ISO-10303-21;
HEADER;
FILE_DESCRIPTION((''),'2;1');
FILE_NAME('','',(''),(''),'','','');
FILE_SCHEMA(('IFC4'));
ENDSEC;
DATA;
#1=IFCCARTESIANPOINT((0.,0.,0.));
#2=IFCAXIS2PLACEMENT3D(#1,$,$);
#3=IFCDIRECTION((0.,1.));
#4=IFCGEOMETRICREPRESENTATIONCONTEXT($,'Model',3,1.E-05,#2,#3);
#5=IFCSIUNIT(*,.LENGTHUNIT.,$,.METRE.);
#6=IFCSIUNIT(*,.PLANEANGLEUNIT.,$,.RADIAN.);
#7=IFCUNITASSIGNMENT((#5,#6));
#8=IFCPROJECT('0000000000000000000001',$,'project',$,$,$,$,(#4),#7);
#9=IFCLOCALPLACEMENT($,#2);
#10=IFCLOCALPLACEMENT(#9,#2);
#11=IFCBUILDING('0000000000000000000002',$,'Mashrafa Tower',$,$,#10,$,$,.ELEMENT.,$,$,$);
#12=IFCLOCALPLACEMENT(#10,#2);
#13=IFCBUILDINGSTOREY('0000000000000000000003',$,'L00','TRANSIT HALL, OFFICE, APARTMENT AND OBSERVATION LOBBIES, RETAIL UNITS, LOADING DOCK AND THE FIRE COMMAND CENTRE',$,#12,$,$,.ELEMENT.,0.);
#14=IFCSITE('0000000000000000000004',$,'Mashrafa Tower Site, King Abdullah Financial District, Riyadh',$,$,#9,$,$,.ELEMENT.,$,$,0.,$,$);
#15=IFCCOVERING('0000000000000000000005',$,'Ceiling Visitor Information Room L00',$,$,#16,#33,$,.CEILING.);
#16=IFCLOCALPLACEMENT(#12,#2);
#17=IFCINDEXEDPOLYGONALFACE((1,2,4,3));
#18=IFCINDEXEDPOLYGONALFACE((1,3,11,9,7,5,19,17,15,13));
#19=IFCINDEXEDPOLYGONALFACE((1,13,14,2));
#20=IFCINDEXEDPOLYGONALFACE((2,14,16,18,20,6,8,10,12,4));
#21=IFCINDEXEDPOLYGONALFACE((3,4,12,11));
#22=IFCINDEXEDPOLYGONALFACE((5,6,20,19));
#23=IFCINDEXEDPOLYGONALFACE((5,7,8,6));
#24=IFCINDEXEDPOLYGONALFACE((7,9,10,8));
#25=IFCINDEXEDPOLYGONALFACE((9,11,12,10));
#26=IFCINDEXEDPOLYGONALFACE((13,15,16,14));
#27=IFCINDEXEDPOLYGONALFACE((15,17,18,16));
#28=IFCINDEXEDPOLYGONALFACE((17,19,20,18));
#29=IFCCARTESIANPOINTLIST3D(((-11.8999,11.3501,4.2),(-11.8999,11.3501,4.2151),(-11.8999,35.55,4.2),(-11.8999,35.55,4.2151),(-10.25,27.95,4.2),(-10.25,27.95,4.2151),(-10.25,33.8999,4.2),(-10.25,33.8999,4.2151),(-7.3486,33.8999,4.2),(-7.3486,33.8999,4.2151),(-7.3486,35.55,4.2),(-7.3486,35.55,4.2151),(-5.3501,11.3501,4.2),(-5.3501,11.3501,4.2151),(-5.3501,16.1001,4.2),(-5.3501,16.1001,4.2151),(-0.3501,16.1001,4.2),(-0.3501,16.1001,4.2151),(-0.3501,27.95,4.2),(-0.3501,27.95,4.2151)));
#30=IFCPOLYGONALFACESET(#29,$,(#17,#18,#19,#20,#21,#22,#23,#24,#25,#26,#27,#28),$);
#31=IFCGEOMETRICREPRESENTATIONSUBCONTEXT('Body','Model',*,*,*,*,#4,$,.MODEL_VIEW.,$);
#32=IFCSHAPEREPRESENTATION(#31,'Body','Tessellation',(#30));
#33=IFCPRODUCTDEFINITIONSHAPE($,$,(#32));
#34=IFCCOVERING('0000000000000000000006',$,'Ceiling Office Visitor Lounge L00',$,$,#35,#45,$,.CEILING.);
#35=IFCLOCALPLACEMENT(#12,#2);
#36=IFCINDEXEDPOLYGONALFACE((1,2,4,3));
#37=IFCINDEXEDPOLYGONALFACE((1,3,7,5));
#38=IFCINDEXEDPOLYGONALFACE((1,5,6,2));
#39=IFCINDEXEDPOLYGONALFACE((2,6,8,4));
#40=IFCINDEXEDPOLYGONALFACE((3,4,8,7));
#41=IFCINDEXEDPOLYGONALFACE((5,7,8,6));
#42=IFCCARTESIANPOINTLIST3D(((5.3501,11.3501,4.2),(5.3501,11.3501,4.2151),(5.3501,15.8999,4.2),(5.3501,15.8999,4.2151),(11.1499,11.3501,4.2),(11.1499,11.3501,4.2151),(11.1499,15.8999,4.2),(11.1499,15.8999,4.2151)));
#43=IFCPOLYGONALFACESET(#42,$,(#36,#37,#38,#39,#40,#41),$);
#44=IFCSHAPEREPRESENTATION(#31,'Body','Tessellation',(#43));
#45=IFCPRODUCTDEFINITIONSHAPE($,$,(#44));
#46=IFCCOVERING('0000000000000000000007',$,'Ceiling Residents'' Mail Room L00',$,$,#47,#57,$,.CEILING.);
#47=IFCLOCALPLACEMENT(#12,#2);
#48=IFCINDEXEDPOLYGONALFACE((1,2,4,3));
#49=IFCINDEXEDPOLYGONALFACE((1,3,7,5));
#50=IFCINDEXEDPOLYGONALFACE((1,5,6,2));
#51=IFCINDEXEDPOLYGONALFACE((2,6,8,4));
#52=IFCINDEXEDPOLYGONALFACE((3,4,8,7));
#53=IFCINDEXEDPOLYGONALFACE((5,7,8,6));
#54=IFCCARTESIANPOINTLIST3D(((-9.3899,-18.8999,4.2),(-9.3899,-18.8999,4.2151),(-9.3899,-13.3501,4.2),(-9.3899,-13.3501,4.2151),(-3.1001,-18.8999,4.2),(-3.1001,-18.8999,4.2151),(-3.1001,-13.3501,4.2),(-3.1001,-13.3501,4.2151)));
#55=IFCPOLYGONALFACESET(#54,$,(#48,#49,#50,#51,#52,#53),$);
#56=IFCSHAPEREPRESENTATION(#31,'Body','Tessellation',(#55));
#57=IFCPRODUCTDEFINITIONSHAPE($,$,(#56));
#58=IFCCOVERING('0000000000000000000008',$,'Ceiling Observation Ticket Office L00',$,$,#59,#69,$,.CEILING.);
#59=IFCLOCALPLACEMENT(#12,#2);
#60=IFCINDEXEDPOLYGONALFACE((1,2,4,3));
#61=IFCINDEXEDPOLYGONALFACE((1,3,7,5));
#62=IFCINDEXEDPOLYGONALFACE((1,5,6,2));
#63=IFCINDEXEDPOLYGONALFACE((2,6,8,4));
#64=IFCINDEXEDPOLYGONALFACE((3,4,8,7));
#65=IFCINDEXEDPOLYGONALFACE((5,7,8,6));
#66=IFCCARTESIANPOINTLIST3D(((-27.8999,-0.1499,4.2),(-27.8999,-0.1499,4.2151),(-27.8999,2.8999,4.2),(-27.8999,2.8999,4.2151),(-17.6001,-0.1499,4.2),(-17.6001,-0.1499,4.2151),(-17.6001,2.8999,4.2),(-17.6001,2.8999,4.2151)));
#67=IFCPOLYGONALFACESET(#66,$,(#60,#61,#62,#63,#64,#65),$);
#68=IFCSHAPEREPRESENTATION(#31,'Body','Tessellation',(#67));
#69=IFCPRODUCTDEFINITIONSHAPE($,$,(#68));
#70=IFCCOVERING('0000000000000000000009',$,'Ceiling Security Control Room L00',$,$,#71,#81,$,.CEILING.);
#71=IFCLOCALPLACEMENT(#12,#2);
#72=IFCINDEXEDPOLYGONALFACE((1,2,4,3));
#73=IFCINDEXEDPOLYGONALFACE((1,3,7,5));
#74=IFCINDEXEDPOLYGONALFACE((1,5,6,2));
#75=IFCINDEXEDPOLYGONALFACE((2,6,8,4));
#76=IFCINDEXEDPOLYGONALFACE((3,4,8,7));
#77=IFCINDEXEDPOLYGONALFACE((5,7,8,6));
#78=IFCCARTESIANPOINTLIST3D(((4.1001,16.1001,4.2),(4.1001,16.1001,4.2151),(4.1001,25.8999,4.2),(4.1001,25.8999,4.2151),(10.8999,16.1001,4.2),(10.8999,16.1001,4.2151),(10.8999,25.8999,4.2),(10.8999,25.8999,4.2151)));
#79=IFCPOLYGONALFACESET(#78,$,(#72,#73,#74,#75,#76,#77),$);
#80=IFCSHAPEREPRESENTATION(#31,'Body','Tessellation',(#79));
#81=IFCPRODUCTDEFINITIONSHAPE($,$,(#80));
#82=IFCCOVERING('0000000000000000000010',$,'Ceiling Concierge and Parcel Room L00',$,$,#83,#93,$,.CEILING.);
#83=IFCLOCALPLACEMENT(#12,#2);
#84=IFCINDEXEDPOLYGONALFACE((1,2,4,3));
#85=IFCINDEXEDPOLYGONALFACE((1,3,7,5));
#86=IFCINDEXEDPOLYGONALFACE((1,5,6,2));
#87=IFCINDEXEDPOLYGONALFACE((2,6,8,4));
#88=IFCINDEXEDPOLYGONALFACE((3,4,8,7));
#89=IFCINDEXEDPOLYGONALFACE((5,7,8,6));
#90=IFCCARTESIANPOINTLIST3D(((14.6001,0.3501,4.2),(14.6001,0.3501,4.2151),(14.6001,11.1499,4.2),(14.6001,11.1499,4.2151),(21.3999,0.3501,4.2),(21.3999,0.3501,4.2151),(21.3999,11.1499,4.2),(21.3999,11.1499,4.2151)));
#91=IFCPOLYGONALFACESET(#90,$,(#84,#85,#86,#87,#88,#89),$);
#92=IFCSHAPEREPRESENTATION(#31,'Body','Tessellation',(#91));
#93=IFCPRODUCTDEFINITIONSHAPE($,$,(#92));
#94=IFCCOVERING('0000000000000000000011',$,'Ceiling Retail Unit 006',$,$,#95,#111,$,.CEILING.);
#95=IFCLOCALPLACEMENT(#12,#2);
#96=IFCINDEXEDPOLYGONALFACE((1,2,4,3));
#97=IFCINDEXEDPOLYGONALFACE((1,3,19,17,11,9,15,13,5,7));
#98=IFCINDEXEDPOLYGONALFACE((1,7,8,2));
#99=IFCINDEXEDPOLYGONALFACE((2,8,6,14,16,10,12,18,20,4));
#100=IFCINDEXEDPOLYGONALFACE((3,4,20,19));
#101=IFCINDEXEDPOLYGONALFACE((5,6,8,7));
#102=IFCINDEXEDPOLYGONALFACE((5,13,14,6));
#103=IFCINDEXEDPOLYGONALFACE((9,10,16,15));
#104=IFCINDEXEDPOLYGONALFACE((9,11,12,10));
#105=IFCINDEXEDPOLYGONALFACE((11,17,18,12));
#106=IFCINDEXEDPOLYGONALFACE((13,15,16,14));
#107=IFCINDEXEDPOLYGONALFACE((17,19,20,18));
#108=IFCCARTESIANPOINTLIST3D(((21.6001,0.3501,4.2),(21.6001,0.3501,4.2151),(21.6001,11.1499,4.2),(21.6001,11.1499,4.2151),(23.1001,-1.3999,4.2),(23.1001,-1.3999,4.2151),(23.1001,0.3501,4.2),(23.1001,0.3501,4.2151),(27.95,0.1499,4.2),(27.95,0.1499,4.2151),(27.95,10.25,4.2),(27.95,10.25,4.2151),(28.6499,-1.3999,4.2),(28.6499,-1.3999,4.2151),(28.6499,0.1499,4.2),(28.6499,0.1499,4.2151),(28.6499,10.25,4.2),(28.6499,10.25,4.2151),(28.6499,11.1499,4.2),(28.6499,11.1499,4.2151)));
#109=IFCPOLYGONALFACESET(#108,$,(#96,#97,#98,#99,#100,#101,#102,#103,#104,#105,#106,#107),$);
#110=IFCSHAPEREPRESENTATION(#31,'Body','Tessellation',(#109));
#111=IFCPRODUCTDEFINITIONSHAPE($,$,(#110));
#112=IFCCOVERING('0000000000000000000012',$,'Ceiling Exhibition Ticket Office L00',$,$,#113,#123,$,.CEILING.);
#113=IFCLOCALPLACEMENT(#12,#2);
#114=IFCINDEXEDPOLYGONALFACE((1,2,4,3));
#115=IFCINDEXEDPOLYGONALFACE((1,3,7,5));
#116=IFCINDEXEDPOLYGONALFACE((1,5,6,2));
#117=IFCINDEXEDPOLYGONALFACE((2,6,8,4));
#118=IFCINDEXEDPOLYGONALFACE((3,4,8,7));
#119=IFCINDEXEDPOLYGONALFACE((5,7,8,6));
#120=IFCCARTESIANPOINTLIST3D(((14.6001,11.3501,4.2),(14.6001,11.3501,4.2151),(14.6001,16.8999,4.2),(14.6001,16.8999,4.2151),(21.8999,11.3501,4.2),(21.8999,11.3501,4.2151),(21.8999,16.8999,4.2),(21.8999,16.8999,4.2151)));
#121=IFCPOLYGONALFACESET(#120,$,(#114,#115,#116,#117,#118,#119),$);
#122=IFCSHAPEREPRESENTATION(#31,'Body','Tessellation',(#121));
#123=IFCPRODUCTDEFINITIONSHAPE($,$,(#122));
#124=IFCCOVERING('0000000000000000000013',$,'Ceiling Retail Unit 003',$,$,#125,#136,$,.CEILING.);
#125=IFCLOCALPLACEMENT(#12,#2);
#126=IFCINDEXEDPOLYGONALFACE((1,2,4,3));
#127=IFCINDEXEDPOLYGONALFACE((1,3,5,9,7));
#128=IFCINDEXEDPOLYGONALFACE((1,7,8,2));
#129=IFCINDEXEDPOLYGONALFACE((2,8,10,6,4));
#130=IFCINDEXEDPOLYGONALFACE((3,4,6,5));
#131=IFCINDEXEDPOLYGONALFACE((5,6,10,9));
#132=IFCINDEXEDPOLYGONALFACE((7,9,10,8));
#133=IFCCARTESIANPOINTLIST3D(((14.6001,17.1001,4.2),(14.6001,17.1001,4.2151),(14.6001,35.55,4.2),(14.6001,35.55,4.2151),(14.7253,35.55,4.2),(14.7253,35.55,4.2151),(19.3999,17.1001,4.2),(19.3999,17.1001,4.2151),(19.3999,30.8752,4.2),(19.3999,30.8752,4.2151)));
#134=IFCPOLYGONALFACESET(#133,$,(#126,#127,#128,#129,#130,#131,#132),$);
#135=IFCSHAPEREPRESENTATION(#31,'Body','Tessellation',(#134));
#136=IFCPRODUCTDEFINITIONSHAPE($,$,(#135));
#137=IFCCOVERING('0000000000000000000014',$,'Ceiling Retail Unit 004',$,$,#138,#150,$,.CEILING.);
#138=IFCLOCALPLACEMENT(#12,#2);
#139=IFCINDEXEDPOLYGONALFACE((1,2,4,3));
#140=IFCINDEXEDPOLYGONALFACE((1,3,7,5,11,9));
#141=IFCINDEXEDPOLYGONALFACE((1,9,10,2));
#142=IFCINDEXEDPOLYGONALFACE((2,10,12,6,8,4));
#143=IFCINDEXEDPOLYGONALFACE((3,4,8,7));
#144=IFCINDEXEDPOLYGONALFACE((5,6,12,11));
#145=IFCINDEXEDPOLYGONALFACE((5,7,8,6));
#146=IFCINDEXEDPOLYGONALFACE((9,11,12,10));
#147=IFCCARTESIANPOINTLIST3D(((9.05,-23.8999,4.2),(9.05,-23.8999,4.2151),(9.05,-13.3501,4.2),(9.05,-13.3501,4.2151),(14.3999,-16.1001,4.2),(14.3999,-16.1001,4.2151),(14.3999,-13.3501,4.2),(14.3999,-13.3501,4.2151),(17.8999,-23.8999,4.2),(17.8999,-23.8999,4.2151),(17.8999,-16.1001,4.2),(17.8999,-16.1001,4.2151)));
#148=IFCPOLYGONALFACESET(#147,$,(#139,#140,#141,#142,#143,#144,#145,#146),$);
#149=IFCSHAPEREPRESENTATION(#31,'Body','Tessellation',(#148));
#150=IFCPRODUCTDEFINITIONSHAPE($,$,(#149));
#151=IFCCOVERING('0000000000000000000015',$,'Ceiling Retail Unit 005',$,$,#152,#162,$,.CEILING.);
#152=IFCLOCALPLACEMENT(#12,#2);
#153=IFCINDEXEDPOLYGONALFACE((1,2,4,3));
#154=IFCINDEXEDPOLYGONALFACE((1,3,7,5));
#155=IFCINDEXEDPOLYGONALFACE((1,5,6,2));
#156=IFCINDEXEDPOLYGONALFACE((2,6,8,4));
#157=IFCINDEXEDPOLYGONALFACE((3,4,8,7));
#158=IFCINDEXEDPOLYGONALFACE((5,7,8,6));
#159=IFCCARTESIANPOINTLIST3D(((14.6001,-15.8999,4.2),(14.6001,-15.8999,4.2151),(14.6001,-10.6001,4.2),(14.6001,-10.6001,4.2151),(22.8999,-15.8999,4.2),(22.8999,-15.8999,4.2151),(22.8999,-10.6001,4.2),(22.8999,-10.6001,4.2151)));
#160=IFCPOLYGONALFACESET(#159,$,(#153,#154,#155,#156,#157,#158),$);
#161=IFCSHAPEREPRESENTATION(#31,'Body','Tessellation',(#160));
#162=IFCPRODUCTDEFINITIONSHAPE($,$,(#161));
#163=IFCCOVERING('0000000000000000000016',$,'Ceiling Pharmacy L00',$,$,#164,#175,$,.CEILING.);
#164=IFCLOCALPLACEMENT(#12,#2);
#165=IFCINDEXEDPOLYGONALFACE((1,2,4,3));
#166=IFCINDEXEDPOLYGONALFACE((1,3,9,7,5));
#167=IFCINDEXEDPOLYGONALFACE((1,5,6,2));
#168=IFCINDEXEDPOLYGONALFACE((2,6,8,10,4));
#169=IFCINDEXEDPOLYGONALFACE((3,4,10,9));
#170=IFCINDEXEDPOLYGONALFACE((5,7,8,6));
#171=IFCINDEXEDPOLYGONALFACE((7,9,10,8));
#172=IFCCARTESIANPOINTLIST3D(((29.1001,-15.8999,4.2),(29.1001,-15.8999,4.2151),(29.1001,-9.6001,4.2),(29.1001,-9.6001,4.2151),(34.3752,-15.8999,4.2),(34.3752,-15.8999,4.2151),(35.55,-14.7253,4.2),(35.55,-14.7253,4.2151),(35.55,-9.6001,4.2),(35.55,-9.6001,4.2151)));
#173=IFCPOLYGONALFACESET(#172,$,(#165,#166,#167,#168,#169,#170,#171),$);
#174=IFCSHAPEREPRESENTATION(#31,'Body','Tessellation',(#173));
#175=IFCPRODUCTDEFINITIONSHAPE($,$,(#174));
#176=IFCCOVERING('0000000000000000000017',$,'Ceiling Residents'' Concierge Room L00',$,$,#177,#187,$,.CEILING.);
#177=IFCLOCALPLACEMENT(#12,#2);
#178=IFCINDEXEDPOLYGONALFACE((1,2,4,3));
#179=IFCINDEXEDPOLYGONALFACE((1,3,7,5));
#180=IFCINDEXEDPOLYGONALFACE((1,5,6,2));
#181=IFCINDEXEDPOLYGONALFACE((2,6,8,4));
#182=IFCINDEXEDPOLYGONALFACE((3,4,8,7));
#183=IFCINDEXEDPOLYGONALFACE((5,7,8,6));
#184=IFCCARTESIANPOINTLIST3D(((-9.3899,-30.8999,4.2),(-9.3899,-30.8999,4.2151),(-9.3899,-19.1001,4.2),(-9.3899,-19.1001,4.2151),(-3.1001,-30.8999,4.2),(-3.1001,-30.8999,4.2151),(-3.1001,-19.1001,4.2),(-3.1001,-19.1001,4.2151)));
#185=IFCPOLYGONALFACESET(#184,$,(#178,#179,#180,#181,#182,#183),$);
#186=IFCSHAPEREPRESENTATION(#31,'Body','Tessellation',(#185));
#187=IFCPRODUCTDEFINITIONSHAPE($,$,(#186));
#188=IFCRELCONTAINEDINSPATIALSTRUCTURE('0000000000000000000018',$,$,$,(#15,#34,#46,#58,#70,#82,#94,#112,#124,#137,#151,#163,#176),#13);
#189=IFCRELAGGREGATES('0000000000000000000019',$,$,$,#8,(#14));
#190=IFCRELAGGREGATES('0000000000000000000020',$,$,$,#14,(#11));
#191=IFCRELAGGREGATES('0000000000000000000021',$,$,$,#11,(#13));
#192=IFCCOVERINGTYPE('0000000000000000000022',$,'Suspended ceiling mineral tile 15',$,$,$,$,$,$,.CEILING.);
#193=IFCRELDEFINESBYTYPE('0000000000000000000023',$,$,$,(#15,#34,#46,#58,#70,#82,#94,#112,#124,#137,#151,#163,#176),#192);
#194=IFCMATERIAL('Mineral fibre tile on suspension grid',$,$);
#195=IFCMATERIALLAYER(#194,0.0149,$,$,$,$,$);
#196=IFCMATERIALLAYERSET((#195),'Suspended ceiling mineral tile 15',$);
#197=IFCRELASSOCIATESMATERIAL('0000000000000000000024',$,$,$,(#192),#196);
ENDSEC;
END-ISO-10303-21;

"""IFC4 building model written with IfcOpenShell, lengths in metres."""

from ifc_helpers import new_model, si_unit, direction, frame, origin, place, context, subcontext, project, spatial, polyline, outline, extrude, material, layer, layer_set, type_object, element, save


model = new_model("IFC4")

# Units and contexts
model_context = context("Model", 3, precision=1e-05, world=origin(), true_north=direction((0.0, 1.0)))
body_context = subcontext(model_context, "Body", "Model", "MODEL_VIEW")
ifc_project = project(units=[si_unit("LENGTHUNIT", "METRE"), si_unit("PLANEANGLEUNIT", "RADIAN")], contexts=[model_context])

# Site, building, storey
site_placement = place(None, origin())
site = spatial("IfcSite", under=ifc_project, at=site_placement, Name="Mashrafa Tower Site, King Abdullah Financial District, Riyadh", CompositionType="ELEMENT", RefElevation=0.0)
building_placement = place(site_placement, origin())
building = spatial("IfcBuilding", under=site, at=building_placement, Name="Mashrafa Tower", CompositionType="ELEMENT")
storey_placement = place(building_placement, origin())
storey = spatial("IfcBuildingStorey", under=building, at=storey_placement, Name="L00", Description="TRANSIT HALL, OFFICE, APARTMENT AND OBSERVATION LOBBIES, RETAIL UNITS, LOADING DOCK AND THE FIRE COMMAND CENTRE", CompositionType="ELEMENT", Elevation=0.0)

# Coverings
ifc_material_1 = material(Name="Mineral fibre tile on suspension grid")
ifc_layer_1 = layer(ifc_material_1, 0.0149)
ifc_layer_set_1 = layer_set([ifc_layer_1], Name="Suspended ceiling mineral tile 15")
covering_type = type_object("IfcCoveringType", Name="Suspended ceiling mineral tile 15", PredefinedType="CEILING", material=ifc_layer_set_1)
covering_1_placement = place(storey_placement, frame((0.0, 0.0, 4.2)))
element("IfcCovering", 1, at=covering_1_placement, inside=storey, type_object=covering_type, Name="Ceiling Visitor Information Room L00", PredefinedType="CEILING", context=body_context, shape_type="SweptSolid", body=[
    extrude(outline(polyline([(-5.3501, 11.3501), (-11.8999, 11.3501), (-11.8999, 35.55), (-7.3486, 35.55), (-7.3486, 33.8999), (-10.25, 33.8999), (-10.25, 27.95), (-0.3501, 27.95), (-0.3501, 16.1001), (-5.3501, 16.1001), (-5.3501, 11.3501)])), origin(), (0.0, 0.0, 1.0), 0.0151),
])
covering_2_placement = place(storey_placement, frame((0.0, 0.0, 4.2)))
element("IfcCovering", 2, at=covering_2_placement, inside=storey, type_object=covering_type, Name="Ceiling Office Visitor Lounge L00", PredefinedType="CEILING", context=body_context, shape_type="SweptSolid", body=[
    extrude(outline(polyline([(5.3501, 15.8999), (11.1499, 15.8999), (11.1499, 11.3501), (5.3501, 11.3501), (5.3501, 15.8999)])), origin(), (0.0, 0.0, 1.0), 0.0151),
])
covering_3_placement = place(storey_placement, frame((0.0, 0.0, 4.2)))
element("IfcCovering", 3, at=covering_3_placement, inside=storey, type_object=covering_type, Name="Ceiling Residents' Mail Room L00", PredefinedType="CEILING", context=body_context, shape_type="SweptSolid", body=[
    extrude(outline(polyline([(-9.3899, -13.3501), (-3.1001, -13.3501), (-3.1001, -18.8999), (-9.3899, -18.8999), (-9.3899, -13.3501)])), origin(), (0.0, 0.0, 1.0), 0.0151),
])
covering_4_placement = place(storey_placement, frame((0.0, 0.0, 4.2)))
element("IfcCovering", 4, at=covering_4_placement, inside=storey, type_object=covering_type, Name="Ceiling Observation Ticket Office L00", PredefinedType="CEILING", context=body_context, shape_type="SweptSolid", body=[
    extrude(outline(polyline([(-27.8999, 2.8999), (-17.6001, 2.8999), (-17.6001, -0.1499), (-27.8999, -0.1499), (-27.8999, 2.8999)])), origin(), (0.0, 0.0, 1.0), 0.0151),
])
covering_5_placement = place(storey_placement, frame((0.0, 0.0, 4.2)))
element("IfcCovering", 5, at=covering_5_placement, inside=storey, type_object=covering_type, Name="Ceiling Security Control Room L00", PredefinedType="CEILING", context=body_context, shape_type="SweptSolid", body=[
    extrude(outline(polyline([(4.1001, 25.8999), (10.8999, 25.8999), (10.8999, 16.1001), (4.1001, 16.1001), (4.1001, 25.8999)])), origin(), (0.0, 0.0, 1.0), 0.0151),
])
covering_6_placement = place(storey_placement, frame((0.0, 0.0, 4.2)))
element("IfcCovering", 6, at=covering_6_placement, inside=storey, type_object=covering_type, Name="Ceiling Concierge and Parcel Room L00", PredefinedType="CEILING", context=body_context, shape_type="SweptSolid", body=[
    extrude(outline(polyline([(14.6001, 11.1499), (21.3999, 11.1499), (21.3999, 0.3501), (14.6001, 0.3501), (14.6001, 11.1499)])), origin(), (0.0, 0.0, 1.0), 0.0151),
])
covering_7_placement = place(storey_placement, frame((0.0, 0.0, 4.2)))
element("IfcCovering", 7, at=covering_7_placement, inside=storey, type_object=covering_type, Name="Ceiling Retail Unit 006", PredefinedType="CEILING", context=body_context, shape_type="SweptSolid", body=[
    extrude(outline(polyline([(23.1001, 0.3501), (21.6001, 0.3501), (21.6001, 11.1499), (28.6499, 11.1499), (28.6499, 10.25), (27.95, 10.25), (27.95, 0.1499), (28.6499, 0.1499), (28.6499, -1.3999), (23.1001, -1.3999), (23.1001, 0.3501)])), origin(), (0.0, 0.0, 1.0), 0.0151),
])
covering_8_placement = place(storey_placement, frame((0.0, 0.0, 4.2)))
element("IfcCovering", 8, at=covering_8_placement, inside=storey, type_object=covering_type, Name="Ceiling Exhibition Ticket Office L00", PredefinedType="CEILING", context=body_context, shape_type="SweptSolid", body=[
    extrude(outline(polyline([(14.6001, 16.8999), (21.8999, 16.8999), (21.8999, 11.3501), (14.6001, 11.3501), (14.6001, 16.8999)])), origin(), (0.0, 0.0, 1.0), 0.0151),
])
covering_9_placement = place(storey_placement, frame((0.0, 0.0, 4.2)))
element("IfcCovering", 9, at=covering_9_placement, inside=storey, type_object=covering_type, Name="Ceiling Retail Unit 003", PredefinedType="CEILING", context=body_context, shape_type="SweptSolid", body=[
    extrude(outline(polyline([(14.6001, 17.1001), (14.6001, 35.55), (14.7253, 35.55), (19.3999, 30.8752), (19.3999, 17.1001), (14.6001, 17.1001)])), origin(), (0.0, 0.0, 1.0), 0.0151),
])
covering_10_placement = place(storey_placement, frame((0.0, 0.0, 4.2)))
element("IfcCovering", 10, at=covering_10_placement, inside=storey, type_object=covering_type, Name="Ceiling Retail Unit 004", PredefinedType="CEILING", context=body_context, shape_type="SweptSolid", body=[
    extrude(outline(polyline([(9.05, -23.8999), (9.05, -13.3501), (14.3999, -13.3501), (14.3999, -16.1001), (17.8999, -16.1001), (17.8999, -23.8999), (9.05, -23.8999)])), origin(), (0.0, 0.0, 1.0), 0.0151),
])
covering_11_placement = place(storey_placement, frame((0.0, 0.0, 4.2)))
element("IfcCovering", 11, at=covering_11_placement, inside=storey, type_object=covering_type, Name="Ceiling Retail Unit 005", PredefinedType="CEILING", context=body_context, shape_type="SweptSolid", body=[
    extrude(outline(polyline([(14.6001, -15.8999), (14.6001, -10.6001), (22.8999, -10.6001), (22.8999, -15.8999), (14.6001, -15.8999)])), origin(), (0.0, 0.0, 1.0), 0.0151),
])
covering_12_placement = place(storey_placement, frame((0.0, 0.0, 4.2)))
element("IfcCovering", 12, at=covering_12_placement, inside=storey, type_object=covering_type, Name="Ceiling Pharmacy L00", PredefinedType="CEILING", context=body_context, shape_type="SweptSolid", body=[
    extrude(outline(polyline([(29.1001, -9.6001), (35.55, -9.6001), (35.55, -14.7253), (34.3752, -15.8999), (29.1001, -15.8999), (29.1001, -9.6001)])), origin(), (0.0, 0.0, 1.0), 0.0151),
])
covering_13_placement = place(storey_placement, frame((0.0, 0.0, 4.2)))
element("IfcCovering", 13, at=covering_13_placement, inside=storey, type_object=covering_type, Name="Ceiling Residents' Concierge Room L00", PredefinedType="CEILING", context=body_context, shape_type="SweptSolid", body=[
    extrude(outline(polyline([(-9.3899, -19.1001), (-3.1001, -19.1001), (-3.1001, -30.8999), (-9.3899, -30.8999), (-9.3899, -19.1001)])), origin(), (0.0, 0.0, 1.0), 0.0151),
])

save(model, "model.ifc")
